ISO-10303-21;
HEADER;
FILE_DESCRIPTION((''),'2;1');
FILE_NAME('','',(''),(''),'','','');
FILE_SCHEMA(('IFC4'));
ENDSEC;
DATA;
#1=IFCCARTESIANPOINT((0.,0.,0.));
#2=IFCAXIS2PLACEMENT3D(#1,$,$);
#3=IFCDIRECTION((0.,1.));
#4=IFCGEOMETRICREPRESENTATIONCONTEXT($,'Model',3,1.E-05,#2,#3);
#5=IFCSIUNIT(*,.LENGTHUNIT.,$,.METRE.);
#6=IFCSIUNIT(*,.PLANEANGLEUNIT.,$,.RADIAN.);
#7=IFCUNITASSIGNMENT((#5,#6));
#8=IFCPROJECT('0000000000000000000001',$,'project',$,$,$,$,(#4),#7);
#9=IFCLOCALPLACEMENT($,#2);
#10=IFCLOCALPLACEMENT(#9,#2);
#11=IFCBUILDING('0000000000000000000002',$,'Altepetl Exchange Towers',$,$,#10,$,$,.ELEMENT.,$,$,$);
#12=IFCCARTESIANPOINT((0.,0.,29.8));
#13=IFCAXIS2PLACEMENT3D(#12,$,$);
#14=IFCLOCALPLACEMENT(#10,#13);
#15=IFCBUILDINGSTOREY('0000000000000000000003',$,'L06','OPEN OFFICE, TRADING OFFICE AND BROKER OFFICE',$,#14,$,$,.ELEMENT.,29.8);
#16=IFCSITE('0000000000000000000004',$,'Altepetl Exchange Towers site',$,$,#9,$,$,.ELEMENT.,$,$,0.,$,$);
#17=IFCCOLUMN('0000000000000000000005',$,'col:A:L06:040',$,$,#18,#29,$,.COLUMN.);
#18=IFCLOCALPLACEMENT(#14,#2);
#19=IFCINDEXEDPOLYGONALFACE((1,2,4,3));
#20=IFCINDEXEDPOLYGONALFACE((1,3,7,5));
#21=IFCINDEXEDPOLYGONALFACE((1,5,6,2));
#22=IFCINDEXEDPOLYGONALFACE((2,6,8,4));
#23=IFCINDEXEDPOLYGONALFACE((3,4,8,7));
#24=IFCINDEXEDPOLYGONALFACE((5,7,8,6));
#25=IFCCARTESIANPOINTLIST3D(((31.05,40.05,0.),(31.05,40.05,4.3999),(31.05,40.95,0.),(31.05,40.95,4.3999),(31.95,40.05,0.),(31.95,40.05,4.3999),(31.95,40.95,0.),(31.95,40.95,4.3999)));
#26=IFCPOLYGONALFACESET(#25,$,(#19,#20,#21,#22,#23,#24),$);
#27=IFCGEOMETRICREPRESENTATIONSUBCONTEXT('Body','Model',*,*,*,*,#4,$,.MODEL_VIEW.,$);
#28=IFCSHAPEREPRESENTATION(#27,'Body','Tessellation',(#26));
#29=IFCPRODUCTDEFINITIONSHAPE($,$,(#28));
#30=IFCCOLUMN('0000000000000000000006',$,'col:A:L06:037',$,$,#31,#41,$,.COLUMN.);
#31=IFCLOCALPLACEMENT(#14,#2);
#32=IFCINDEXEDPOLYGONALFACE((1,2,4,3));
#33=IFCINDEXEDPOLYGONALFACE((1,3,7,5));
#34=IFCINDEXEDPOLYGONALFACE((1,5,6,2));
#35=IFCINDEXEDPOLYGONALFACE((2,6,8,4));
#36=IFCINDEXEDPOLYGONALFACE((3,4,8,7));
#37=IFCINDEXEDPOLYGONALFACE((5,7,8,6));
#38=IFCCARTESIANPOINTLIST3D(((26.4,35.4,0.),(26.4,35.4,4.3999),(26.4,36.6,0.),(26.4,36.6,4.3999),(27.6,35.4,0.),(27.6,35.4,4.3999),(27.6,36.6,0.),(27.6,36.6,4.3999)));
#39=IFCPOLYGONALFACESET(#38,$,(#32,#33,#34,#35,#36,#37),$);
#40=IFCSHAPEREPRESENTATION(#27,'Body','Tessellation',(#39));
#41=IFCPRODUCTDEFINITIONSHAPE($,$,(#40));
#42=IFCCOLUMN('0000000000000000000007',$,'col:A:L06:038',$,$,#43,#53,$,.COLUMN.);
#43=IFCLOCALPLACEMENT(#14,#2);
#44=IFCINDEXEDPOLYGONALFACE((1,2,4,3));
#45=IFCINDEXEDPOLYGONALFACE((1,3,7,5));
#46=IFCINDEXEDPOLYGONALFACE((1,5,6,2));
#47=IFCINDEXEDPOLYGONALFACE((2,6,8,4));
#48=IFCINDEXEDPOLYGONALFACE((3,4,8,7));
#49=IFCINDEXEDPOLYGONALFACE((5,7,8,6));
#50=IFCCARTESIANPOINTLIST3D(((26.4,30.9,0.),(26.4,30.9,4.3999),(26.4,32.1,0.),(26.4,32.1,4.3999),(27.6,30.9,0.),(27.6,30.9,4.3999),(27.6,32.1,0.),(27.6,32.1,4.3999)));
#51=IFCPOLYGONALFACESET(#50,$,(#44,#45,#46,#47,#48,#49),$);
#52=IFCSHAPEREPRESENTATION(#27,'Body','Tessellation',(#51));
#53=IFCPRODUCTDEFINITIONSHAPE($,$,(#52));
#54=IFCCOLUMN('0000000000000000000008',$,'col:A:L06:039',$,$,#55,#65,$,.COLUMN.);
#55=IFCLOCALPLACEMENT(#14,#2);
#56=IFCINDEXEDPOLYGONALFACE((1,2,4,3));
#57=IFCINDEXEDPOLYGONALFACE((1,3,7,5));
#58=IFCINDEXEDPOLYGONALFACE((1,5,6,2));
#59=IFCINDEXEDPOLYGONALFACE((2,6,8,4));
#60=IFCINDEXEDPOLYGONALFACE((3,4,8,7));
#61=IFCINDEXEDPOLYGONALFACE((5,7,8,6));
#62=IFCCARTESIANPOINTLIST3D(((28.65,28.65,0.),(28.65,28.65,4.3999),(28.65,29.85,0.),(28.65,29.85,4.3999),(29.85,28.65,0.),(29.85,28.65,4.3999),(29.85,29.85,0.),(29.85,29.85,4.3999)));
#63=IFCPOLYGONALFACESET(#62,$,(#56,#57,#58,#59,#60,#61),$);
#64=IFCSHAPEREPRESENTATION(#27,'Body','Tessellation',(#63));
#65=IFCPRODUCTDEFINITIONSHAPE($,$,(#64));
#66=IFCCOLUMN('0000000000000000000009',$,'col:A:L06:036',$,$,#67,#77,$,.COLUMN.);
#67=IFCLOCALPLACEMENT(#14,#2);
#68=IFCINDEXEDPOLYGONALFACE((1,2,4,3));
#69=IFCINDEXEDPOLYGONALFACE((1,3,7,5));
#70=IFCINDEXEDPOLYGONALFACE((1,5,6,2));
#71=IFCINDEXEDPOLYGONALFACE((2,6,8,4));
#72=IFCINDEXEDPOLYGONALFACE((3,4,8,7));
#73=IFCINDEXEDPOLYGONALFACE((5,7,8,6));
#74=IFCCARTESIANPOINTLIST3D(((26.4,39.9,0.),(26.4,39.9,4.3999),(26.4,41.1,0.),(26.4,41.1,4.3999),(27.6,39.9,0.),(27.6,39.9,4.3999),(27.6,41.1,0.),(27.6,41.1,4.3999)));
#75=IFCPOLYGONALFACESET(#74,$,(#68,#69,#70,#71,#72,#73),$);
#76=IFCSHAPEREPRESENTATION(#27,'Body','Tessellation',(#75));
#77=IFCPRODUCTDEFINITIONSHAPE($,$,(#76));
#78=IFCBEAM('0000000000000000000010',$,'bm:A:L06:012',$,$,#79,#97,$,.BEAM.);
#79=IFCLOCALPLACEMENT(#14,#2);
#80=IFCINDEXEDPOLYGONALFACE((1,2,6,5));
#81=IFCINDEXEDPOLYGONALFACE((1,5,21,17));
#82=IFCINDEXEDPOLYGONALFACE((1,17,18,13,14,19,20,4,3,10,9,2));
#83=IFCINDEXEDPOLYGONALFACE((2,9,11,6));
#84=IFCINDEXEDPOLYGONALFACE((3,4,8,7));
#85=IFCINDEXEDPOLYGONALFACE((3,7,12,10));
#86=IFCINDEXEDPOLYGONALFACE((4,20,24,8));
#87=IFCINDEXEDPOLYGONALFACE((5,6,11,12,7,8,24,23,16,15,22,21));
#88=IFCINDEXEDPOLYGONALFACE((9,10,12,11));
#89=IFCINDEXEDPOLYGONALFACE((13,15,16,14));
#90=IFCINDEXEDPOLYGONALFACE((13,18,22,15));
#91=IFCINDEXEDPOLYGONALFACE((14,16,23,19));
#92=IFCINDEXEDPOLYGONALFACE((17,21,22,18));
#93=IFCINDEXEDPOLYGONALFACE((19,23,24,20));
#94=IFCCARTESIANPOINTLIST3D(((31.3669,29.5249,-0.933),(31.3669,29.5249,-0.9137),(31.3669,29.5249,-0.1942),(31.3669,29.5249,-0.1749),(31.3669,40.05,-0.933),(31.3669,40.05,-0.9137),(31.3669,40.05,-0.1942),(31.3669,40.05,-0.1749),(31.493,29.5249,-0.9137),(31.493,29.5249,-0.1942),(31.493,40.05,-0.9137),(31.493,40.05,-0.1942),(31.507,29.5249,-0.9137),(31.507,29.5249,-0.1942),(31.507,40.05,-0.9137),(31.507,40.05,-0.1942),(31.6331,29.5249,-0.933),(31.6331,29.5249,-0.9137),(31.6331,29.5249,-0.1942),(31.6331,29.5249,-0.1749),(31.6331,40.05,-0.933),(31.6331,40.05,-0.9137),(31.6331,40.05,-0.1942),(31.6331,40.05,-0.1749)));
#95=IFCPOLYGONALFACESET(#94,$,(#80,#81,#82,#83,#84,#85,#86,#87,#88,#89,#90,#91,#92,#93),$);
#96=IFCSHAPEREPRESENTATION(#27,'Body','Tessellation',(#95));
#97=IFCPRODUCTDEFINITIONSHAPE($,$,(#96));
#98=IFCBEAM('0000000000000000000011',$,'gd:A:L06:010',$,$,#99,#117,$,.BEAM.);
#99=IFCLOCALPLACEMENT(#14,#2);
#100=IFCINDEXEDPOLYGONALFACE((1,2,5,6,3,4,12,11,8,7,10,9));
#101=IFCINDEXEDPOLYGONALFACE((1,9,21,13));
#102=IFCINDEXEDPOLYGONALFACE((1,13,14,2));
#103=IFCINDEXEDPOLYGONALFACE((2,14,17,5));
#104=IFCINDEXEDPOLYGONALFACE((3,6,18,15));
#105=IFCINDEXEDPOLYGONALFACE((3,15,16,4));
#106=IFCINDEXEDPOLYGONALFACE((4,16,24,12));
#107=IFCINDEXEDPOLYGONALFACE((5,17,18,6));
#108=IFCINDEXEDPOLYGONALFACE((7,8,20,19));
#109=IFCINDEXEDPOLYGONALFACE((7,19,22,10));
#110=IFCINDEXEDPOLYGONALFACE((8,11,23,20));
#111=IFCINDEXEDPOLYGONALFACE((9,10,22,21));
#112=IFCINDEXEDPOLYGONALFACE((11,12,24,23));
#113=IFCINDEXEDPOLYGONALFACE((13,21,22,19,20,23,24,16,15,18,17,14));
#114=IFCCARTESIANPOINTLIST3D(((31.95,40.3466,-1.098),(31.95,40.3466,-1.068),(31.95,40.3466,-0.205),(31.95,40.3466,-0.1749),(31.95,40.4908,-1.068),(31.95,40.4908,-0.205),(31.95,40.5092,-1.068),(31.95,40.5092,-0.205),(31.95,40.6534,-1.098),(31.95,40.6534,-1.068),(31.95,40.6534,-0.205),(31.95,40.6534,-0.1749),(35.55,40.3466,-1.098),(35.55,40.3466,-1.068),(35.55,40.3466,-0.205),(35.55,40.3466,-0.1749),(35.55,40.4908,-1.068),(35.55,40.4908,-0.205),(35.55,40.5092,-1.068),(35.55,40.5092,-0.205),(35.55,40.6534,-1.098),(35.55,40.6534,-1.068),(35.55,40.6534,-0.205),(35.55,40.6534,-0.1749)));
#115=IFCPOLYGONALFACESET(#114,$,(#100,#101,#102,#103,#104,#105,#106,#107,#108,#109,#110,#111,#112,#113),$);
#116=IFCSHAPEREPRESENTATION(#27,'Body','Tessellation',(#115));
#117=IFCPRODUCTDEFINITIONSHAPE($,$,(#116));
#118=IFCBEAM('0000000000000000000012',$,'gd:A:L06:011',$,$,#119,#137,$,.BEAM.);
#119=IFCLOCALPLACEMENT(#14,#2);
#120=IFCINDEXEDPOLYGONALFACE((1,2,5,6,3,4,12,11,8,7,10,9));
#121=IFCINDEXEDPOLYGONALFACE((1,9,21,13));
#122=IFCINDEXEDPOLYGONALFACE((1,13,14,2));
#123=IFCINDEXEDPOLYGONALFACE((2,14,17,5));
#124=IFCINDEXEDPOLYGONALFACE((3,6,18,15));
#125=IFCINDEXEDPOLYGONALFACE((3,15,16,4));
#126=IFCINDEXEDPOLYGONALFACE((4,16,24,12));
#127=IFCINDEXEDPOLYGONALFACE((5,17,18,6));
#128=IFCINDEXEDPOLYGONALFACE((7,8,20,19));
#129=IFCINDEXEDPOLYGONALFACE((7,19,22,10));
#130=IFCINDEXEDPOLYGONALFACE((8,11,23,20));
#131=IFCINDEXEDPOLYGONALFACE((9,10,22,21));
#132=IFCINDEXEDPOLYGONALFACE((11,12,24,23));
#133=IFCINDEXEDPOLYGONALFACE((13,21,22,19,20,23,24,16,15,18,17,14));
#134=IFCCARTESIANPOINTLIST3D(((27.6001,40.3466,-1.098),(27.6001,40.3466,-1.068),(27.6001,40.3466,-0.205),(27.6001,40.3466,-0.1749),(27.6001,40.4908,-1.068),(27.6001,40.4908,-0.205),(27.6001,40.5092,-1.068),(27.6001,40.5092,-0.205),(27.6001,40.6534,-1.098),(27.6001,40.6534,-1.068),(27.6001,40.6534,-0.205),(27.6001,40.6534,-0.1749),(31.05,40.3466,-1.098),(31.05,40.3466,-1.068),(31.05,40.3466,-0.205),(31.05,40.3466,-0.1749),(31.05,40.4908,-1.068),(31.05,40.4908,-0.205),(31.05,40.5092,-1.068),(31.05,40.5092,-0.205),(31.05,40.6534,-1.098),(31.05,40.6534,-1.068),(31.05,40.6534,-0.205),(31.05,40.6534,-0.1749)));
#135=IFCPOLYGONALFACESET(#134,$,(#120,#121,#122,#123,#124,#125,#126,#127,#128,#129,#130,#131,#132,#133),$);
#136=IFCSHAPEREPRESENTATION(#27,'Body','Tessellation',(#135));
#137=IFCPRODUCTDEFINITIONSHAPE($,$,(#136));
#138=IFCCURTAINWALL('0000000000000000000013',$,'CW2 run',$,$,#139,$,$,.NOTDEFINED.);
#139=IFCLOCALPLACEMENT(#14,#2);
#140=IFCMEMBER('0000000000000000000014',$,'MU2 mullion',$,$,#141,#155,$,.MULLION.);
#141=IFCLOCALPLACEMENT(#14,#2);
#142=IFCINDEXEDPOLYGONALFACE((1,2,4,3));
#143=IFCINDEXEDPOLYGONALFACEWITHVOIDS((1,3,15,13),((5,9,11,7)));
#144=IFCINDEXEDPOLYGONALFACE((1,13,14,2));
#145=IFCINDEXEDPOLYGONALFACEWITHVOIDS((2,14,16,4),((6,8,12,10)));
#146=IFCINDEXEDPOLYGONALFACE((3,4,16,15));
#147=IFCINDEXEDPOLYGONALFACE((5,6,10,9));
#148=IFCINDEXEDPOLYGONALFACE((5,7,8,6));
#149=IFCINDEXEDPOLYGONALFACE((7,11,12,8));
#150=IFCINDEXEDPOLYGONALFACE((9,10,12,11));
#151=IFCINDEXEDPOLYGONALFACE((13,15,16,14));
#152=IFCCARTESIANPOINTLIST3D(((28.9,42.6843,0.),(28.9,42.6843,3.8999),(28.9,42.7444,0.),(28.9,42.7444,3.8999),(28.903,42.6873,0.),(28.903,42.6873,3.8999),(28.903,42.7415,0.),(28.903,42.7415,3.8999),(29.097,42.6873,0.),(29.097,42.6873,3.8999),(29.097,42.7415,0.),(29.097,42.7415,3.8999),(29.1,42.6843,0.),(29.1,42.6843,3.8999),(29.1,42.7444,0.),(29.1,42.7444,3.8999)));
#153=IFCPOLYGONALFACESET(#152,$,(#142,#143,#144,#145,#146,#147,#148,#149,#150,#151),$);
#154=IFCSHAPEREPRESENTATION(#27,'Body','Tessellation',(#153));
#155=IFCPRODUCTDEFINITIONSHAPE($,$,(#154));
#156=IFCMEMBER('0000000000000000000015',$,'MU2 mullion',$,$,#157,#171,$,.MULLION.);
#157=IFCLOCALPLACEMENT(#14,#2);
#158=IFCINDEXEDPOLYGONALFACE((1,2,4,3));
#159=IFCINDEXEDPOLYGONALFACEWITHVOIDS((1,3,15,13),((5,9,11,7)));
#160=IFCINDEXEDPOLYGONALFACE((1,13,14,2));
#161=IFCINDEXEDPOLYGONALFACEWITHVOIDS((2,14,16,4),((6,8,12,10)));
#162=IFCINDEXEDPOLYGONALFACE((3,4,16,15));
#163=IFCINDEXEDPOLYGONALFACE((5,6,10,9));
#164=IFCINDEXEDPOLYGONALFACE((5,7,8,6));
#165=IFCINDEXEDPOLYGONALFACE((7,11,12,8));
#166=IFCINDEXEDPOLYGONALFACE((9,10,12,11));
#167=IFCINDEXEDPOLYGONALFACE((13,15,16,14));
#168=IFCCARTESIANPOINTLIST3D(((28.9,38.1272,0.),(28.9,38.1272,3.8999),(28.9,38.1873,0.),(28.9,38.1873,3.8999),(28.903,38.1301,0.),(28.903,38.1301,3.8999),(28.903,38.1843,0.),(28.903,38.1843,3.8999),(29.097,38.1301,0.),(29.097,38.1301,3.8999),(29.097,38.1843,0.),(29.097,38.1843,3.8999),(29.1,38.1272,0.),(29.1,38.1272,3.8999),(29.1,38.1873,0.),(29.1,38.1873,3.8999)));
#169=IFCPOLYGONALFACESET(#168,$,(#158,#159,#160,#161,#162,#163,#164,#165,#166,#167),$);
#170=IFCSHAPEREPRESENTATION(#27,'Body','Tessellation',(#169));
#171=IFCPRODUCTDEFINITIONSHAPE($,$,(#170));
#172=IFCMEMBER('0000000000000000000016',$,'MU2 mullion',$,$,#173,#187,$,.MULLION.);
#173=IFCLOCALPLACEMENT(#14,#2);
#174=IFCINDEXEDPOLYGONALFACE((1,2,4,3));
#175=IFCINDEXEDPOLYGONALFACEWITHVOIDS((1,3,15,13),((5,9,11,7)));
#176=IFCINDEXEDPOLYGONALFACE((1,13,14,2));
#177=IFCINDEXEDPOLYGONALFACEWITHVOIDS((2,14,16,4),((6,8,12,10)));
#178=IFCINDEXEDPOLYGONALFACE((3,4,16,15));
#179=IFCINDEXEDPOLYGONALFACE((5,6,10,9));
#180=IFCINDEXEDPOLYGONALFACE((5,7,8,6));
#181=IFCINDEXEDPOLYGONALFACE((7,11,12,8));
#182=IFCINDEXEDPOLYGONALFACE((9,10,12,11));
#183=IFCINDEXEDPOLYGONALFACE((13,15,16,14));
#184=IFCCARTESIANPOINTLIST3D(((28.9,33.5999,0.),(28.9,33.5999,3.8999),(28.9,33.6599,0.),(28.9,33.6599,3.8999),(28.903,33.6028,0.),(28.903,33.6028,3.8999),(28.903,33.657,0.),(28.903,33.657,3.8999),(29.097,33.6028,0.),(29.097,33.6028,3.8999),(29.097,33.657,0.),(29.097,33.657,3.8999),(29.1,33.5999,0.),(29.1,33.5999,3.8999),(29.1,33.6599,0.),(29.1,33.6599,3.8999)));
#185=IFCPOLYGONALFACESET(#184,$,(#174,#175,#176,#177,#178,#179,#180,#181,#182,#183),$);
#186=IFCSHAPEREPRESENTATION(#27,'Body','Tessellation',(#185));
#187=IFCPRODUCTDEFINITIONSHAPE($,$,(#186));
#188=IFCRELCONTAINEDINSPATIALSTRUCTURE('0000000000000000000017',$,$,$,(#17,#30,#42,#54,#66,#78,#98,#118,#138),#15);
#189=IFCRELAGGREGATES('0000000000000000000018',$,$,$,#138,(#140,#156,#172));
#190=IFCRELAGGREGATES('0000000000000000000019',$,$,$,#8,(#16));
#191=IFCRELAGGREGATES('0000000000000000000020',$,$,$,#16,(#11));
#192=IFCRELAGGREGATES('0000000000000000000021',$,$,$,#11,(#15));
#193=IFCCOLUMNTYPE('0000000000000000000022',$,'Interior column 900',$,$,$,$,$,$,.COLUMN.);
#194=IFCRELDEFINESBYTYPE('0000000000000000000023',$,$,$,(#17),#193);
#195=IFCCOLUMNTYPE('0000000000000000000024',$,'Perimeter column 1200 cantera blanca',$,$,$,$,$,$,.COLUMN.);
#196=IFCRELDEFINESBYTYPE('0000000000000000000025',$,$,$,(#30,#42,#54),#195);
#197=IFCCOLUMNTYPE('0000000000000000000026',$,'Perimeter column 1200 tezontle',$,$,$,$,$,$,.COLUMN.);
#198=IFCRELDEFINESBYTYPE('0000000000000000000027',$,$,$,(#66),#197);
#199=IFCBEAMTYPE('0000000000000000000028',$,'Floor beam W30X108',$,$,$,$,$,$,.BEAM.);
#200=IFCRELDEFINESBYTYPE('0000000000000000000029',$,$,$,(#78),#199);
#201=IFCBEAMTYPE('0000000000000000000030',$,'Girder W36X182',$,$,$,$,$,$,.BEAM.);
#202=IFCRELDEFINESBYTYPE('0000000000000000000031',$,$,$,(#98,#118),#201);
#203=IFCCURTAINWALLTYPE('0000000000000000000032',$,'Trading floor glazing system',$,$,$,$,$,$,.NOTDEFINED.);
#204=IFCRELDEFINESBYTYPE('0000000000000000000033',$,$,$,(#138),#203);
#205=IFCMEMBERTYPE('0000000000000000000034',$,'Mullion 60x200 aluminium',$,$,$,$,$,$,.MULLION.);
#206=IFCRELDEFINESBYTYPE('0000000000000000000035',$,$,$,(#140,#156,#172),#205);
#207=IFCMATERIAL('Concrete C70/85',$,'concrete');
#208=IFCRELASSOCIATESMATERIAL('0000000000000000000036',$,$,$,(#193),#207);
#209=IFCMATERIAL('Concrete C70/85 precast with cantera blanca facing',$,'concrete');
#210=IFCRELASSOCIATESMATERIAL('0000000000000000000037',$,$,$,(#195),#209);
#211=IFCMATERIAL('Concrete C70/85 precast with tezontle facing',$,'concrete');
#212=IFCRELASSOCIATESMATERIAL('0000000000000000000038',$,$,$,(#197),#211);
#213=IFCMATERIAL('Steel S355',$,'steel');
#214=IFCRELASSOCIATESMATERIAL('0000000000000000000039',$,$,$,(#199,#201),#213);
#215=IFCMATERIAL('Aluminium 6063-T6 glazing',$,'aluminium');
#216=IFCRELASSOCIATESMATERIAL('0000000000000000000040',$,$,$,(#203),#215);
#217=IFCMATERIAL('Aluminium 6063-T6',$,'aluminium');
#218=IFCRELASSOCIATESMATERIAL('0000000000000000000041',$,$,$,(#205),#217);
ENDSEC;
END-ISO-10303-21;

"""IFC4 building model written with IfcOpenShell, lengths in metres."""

from ifc_helpers import new_model, si_unit, direction, frame, origin, origin_2d, place, context, subcontext, project, spatial, rectangle, hollow_rectangle, i_section, extrude, material, material_profile, profile_set, type_object, element, aggregate, save


model = new_model("IFC4")

# Units and contexts
model_context = context("Model", 3, precision=1e-05, world=origin(), true_north=direction((0.0, 1.0)))
body_context = subcontext(model_context, "Body", "Model", "MODEL_VIEW")
ifc_project = project(units=[si_unit("LENGTHUNIT", "METRE"), si_unit("PLANEANGLEUNIT", "RADIAN")], contexts=[model_context])

# Site, building, storey
site_placement = place(None, origin())
site = spatial("IfcSite", under=ifc_project, at=site_placement, Name="Altepetl Exchange Towers site", CompositionType="ELEMENT", RefElevation=0.0)
building_placement = place(site_placement, origin())
building = spatial("IfcBuilding", under=site, at=building_placement, Name="Altepetl Exchange Towers", CompositionType="ELEMENT")
storey_placement = place(building_placement, frame((0.0, 0.0, 29.8)))
storey = spatial("IfcBuildingStorey", under=building, at=storey_placement, Name="L06", Description="OPEN OFFICE, TRADING OFFICE AND BROKER OFFICE", CompositionType="ELEMENT", Elevation=29.8)

# Columns
ifc_material_1 = material(Name="Concrete C70/85", Category="concrete")
ifc_material_profile_1 = material_profile(ifc_material_1, rectangle(XDim=0.8999, YDim=0.8999, at=origin_2d()), Name="900 x 900")
ifc_profile_set_1 = profile_set([ifc_material_profile_1], Name="Concrete C70/85")
column_type_1 = type_object("IfcColumnType", Name="Interior column 900", PredefinedType="COLUMN", material=ifc_profile_set_1)
column_1_placement = place(storey_placement, frame((31.5, 40.5, 0.0)))
element("IfcColumn", 1, at=column_1_placement, inside=storey, type_object=column_type_1, Name="col:A:L06:040", PredefinedType="COLUMN", context=body_context, shape_type="SweptSolid", body=[
    extrude(rectangle(XDim=0.8999, YDim=0.8999, at=origin_2d()), origin(), (0.0, 0.0, 1.0), 4.3999),
])
ifc_material_2 = material(Name="Concrete C70/85 precast with cantera blanca facing", Category="concrete")
ifc_material_profile_2 = material_profile(ifc_material_2, rectangle(XDim=1.2, YDim=1.2, at=origin_2d()), Name="1200 x 1200")
ifc_profile_set_2 = profile_set([ifc_material_profile_2], Name="Concrete C70/85 precast with cantera blanca facing")
column_type_2 = type_object("IfcColumnType", Name="Perimeter column 1200 cantera blanca", PredefinedType="COLUMN", material=ifc_profile_set_2)
for number, where, name in (
    (2, (27.0, 36.0, 0.0), "col:A:L06:037"),
    (3, (27.0, 31.5, 0.0), "col:A:L06:038"),
    (4, (29.25, 29.25, 0.0), "col:A:L06:039"),
):
    element("IfcColumn", number, at=place(storey_placement, frame(where)), inside=storey, type_object=column_type_2, Name=name, PredefinedType="COLUMN", context=body_context, shape_type="SweptSolid", body=[
        extrude(rectangle(XDim=1.2, YDim=1.2, at=origin_2d()), origin(), (0.0, 0.0, 1.0), 4.3999),
    ])
ifc_material_3 = material(Name="Concrete C70/85 precast with tezontle facing", Category="concrete")
ifc_material_profile_3 = material_profile(ifc_material_3, rectangle(XDim=1.2, YDim=1.2, at=origin_2d()), Name="1200 x 1200")
ifc_profile_set_3 = profile_set([ifc_material_profile_3], Name="Concrete C70/85 precast with tezontle facing")
column_type_3 = type_object("IfcColumnType", Name="Perimeter column 1200 tezontle", PredefinedType="COLUMN", material=ifc_profile_set_3)
column_2_placement = place(storey_placement, frame((27.0, 40.5, 0.0)))
element("IfcColumn", 5, at=column_2_placement, inside=storey, type_object=column_type_3, Name="col:A:L06:036", PredefinedType="COLUMN", context=body_context, shape_type="SweptSolid", body=[
    extrude(rectangle(XDim=1.2, YDim=1.2, at=origin_2d()), origin(), (0.0, 0.0, 1.0), 4.3999),
])

# Beams
ifc_material_4 = material(Name="Steel S355", Category="steel")
ifc_material_profile_4 = material_profile(ifc_material_4, i_section(OverallWidth=0.2661, OverallDepth=0.7581, WebThickness=0.0139, FlangeThickness=0.0193, at=origin_2d()), Name="W30X108")
ifc_profile_set_4 = profile_set([ifc_material_profile_4], Name="Steel S355")
beam_type_1 = type_object("IfcBeamType", Name="Floor beam W30X108", PredefinedType="BEAM", material=ifc_profile_set_4)
beam_1_placement = place(storey_placement, frame((31.5, 29.5249, -0.554), z_axis=(0.0, 1.0, 0.0), x_axis=(-1.0, 0.0, 0.0)))
element("IfcBeam", 6, at=beam_1_placement, inside=storey, type_object=beam_type_1, Name="bm:A:L06:012", PredefinedType="BEAM", context=body_context, shape_type="SweptSolid", body=[
    extrude(i_section(OverallWidth=0.2661, OverallDepth=0.7581, WebThickness=0.0139, FlangeThickness=0.0193, at=origin_2d()), origin(), (0.0, 0.0, 1.0), 10.5251),
])
ifc_material_profile_5 = material_profile(ifc_material_4, i_section(OverallWidth=0.3069, OverallDepth=0.9231, WebThickness=0.0183, FlangeThickness=0.03, at=origin_2d()), Name="W36X182")
ifc_profile_set_5 = profile_set([ifc_material_profile_5], Name="Steel S355")
beam_type_2 = type_object("IfcBeamType", Name="Girder W36X182", PredefinedType="BEAM", material=ifc_profile_set_5)
beam_2_placement = place(storey_placement, frame((35.55, 40.5, -0.6365), z_axis=(-1.0, 0.0, 0.0), x_axis=(0.0, -1.0, 0.0)))
element("IfcBeam", 7, at=beam_2_placement, inside=storey, type_object=beam_type_2, Name="gd:A:L06:010", PredefinedType="BEAM", context=body_context, shape_type="SweptSolid", body=[
    extrude(i_section(OverallWidth=0.3069, OverallDepth=0.9231, WebThickness=0.0183, FlangeThickness=0.03, at=origin_2d()), origin(), (0.0, 0.0, 1.0), 3.6001),
])
beam_3_placement = place(storey_placement, frame((31.05, 40.5, -0.6365), z_axis=(-1.0, 0.0, 0.0), x_axis=(0.0, -1.0, 0.0)))
element("IfcBeam", 8, at=beam_3_placement, inside=storey, type_object=beam_type_2, Name="gd:A:L06:011", PredefinedType="BEAM", context=body_context, shape_type="SweptSolid", body=[
    extrude(i_section(OverallWidth=0.3069, OverallDepth=0.9231, WebThickness=0.0183, FlangeThickness=0.03, at=origin_2d()), origin(), (0.0, 0.0, 1.0), 3.45),
])

# Curtain wall, members
ifc_material_5 = material(Name="Aluminium 6063-T6 glazing", Category="aluminium")
curtain_wall_type = type_object("IfcCurtainWallType", Name="Trading floor glazing system", PredefinedType="NOTDEFINED", material=ifc_material_5)
curtain_wall_1_placement = place(storey_placement, origin())
curtain_wall_1 = element("IfcCurtainWall", 9, at=curtain_wall_1_placement, inside=storey, type_object=curtain_wall_type, Name="CW2 run", PredefinedType="NOTDEFINED")
ifc_material_6 = material(Name="Aluminium 6063-T6", Category="aluminium")
ifc_material_profile_6 = material_profile(ifc_material_6, hollow_rectangle(XDim=0.0601, YDim=0.2, WallThickness=0.0029, at=origin_2d()), Name="Mullion 60x200 aluminium")
ifc_profile_set_6 = profile_set([ifc_material_profile_6], Name="Aluminium 6063-T6")
member_type = type_object("IfcMemberType", Name="Mullion 60x200 aluminium", PredefinedType="MULLION", material=ifc_profile_set_6)
member_1_placement = place(storey_placement, frame((29.0, 42.7144, 0.0), z_axis=(0.0, 0.0, 1.0), x_axis=(0.0, -1.0, 0.0)))
member_1 = element("IfcMember", 10, at=member_1_placement, type_object=member_type, Name="MU2 mullion", PredefinedType="MULLION", context=body_context, shape_type="SweptSolid", body=[
    extrude(hollow_rectangle(XDim=0.0601, YDim=0.2, WallThickness=0.0029, at=origin_2d()), origin(), (0.0, 0.0, 1.0), 3.8999),
])
member_2_placement = place(storey_placement, frame((29.0, 38.1572, 0.0), z_axis=(0.0, 0.0, 1.0), x_axis=(0.0, -1.0, 0.0)))
member_2 = element("IfcMember", 11, at=member_2_placement, type_object=member_type, Name="MU2 mullion", PredefinedType="MULLION", context=body_context, shape_type="SweptSolid", body=[
    extrude(hollow_rectangle(XDim=0.0601, YDim=0.2, WallThickness=0.0029, at=origin_2d()), origin(), (0.0, 0.0, 1.0), 3.8999),
])
member_3_placement = place(storey_placement, frame((29.0, 33.6299, 0.0), z_axis=(0.0, 0.0, 1.0), x_axis=(0.0, -1.0, 0.0)))
member_3 = element("IfcMember", 12, at=member_3_placement, type_object=member_type, Name="MU2 mullion", PredefinedType="MULLION", context=body_context, shape_type="SweptSolid", body=[
    extrude(hollow_rectangle(XDim=0.0601, YDim=0.2, WallThickness=0.0029, at=origin_2d()), origin(), (0.0, 0.0, 1.0), 3.8999),
])

aggregate(curtain_wall_1, [member_1, member_2, member_3])

save(model, "model.ifc")
